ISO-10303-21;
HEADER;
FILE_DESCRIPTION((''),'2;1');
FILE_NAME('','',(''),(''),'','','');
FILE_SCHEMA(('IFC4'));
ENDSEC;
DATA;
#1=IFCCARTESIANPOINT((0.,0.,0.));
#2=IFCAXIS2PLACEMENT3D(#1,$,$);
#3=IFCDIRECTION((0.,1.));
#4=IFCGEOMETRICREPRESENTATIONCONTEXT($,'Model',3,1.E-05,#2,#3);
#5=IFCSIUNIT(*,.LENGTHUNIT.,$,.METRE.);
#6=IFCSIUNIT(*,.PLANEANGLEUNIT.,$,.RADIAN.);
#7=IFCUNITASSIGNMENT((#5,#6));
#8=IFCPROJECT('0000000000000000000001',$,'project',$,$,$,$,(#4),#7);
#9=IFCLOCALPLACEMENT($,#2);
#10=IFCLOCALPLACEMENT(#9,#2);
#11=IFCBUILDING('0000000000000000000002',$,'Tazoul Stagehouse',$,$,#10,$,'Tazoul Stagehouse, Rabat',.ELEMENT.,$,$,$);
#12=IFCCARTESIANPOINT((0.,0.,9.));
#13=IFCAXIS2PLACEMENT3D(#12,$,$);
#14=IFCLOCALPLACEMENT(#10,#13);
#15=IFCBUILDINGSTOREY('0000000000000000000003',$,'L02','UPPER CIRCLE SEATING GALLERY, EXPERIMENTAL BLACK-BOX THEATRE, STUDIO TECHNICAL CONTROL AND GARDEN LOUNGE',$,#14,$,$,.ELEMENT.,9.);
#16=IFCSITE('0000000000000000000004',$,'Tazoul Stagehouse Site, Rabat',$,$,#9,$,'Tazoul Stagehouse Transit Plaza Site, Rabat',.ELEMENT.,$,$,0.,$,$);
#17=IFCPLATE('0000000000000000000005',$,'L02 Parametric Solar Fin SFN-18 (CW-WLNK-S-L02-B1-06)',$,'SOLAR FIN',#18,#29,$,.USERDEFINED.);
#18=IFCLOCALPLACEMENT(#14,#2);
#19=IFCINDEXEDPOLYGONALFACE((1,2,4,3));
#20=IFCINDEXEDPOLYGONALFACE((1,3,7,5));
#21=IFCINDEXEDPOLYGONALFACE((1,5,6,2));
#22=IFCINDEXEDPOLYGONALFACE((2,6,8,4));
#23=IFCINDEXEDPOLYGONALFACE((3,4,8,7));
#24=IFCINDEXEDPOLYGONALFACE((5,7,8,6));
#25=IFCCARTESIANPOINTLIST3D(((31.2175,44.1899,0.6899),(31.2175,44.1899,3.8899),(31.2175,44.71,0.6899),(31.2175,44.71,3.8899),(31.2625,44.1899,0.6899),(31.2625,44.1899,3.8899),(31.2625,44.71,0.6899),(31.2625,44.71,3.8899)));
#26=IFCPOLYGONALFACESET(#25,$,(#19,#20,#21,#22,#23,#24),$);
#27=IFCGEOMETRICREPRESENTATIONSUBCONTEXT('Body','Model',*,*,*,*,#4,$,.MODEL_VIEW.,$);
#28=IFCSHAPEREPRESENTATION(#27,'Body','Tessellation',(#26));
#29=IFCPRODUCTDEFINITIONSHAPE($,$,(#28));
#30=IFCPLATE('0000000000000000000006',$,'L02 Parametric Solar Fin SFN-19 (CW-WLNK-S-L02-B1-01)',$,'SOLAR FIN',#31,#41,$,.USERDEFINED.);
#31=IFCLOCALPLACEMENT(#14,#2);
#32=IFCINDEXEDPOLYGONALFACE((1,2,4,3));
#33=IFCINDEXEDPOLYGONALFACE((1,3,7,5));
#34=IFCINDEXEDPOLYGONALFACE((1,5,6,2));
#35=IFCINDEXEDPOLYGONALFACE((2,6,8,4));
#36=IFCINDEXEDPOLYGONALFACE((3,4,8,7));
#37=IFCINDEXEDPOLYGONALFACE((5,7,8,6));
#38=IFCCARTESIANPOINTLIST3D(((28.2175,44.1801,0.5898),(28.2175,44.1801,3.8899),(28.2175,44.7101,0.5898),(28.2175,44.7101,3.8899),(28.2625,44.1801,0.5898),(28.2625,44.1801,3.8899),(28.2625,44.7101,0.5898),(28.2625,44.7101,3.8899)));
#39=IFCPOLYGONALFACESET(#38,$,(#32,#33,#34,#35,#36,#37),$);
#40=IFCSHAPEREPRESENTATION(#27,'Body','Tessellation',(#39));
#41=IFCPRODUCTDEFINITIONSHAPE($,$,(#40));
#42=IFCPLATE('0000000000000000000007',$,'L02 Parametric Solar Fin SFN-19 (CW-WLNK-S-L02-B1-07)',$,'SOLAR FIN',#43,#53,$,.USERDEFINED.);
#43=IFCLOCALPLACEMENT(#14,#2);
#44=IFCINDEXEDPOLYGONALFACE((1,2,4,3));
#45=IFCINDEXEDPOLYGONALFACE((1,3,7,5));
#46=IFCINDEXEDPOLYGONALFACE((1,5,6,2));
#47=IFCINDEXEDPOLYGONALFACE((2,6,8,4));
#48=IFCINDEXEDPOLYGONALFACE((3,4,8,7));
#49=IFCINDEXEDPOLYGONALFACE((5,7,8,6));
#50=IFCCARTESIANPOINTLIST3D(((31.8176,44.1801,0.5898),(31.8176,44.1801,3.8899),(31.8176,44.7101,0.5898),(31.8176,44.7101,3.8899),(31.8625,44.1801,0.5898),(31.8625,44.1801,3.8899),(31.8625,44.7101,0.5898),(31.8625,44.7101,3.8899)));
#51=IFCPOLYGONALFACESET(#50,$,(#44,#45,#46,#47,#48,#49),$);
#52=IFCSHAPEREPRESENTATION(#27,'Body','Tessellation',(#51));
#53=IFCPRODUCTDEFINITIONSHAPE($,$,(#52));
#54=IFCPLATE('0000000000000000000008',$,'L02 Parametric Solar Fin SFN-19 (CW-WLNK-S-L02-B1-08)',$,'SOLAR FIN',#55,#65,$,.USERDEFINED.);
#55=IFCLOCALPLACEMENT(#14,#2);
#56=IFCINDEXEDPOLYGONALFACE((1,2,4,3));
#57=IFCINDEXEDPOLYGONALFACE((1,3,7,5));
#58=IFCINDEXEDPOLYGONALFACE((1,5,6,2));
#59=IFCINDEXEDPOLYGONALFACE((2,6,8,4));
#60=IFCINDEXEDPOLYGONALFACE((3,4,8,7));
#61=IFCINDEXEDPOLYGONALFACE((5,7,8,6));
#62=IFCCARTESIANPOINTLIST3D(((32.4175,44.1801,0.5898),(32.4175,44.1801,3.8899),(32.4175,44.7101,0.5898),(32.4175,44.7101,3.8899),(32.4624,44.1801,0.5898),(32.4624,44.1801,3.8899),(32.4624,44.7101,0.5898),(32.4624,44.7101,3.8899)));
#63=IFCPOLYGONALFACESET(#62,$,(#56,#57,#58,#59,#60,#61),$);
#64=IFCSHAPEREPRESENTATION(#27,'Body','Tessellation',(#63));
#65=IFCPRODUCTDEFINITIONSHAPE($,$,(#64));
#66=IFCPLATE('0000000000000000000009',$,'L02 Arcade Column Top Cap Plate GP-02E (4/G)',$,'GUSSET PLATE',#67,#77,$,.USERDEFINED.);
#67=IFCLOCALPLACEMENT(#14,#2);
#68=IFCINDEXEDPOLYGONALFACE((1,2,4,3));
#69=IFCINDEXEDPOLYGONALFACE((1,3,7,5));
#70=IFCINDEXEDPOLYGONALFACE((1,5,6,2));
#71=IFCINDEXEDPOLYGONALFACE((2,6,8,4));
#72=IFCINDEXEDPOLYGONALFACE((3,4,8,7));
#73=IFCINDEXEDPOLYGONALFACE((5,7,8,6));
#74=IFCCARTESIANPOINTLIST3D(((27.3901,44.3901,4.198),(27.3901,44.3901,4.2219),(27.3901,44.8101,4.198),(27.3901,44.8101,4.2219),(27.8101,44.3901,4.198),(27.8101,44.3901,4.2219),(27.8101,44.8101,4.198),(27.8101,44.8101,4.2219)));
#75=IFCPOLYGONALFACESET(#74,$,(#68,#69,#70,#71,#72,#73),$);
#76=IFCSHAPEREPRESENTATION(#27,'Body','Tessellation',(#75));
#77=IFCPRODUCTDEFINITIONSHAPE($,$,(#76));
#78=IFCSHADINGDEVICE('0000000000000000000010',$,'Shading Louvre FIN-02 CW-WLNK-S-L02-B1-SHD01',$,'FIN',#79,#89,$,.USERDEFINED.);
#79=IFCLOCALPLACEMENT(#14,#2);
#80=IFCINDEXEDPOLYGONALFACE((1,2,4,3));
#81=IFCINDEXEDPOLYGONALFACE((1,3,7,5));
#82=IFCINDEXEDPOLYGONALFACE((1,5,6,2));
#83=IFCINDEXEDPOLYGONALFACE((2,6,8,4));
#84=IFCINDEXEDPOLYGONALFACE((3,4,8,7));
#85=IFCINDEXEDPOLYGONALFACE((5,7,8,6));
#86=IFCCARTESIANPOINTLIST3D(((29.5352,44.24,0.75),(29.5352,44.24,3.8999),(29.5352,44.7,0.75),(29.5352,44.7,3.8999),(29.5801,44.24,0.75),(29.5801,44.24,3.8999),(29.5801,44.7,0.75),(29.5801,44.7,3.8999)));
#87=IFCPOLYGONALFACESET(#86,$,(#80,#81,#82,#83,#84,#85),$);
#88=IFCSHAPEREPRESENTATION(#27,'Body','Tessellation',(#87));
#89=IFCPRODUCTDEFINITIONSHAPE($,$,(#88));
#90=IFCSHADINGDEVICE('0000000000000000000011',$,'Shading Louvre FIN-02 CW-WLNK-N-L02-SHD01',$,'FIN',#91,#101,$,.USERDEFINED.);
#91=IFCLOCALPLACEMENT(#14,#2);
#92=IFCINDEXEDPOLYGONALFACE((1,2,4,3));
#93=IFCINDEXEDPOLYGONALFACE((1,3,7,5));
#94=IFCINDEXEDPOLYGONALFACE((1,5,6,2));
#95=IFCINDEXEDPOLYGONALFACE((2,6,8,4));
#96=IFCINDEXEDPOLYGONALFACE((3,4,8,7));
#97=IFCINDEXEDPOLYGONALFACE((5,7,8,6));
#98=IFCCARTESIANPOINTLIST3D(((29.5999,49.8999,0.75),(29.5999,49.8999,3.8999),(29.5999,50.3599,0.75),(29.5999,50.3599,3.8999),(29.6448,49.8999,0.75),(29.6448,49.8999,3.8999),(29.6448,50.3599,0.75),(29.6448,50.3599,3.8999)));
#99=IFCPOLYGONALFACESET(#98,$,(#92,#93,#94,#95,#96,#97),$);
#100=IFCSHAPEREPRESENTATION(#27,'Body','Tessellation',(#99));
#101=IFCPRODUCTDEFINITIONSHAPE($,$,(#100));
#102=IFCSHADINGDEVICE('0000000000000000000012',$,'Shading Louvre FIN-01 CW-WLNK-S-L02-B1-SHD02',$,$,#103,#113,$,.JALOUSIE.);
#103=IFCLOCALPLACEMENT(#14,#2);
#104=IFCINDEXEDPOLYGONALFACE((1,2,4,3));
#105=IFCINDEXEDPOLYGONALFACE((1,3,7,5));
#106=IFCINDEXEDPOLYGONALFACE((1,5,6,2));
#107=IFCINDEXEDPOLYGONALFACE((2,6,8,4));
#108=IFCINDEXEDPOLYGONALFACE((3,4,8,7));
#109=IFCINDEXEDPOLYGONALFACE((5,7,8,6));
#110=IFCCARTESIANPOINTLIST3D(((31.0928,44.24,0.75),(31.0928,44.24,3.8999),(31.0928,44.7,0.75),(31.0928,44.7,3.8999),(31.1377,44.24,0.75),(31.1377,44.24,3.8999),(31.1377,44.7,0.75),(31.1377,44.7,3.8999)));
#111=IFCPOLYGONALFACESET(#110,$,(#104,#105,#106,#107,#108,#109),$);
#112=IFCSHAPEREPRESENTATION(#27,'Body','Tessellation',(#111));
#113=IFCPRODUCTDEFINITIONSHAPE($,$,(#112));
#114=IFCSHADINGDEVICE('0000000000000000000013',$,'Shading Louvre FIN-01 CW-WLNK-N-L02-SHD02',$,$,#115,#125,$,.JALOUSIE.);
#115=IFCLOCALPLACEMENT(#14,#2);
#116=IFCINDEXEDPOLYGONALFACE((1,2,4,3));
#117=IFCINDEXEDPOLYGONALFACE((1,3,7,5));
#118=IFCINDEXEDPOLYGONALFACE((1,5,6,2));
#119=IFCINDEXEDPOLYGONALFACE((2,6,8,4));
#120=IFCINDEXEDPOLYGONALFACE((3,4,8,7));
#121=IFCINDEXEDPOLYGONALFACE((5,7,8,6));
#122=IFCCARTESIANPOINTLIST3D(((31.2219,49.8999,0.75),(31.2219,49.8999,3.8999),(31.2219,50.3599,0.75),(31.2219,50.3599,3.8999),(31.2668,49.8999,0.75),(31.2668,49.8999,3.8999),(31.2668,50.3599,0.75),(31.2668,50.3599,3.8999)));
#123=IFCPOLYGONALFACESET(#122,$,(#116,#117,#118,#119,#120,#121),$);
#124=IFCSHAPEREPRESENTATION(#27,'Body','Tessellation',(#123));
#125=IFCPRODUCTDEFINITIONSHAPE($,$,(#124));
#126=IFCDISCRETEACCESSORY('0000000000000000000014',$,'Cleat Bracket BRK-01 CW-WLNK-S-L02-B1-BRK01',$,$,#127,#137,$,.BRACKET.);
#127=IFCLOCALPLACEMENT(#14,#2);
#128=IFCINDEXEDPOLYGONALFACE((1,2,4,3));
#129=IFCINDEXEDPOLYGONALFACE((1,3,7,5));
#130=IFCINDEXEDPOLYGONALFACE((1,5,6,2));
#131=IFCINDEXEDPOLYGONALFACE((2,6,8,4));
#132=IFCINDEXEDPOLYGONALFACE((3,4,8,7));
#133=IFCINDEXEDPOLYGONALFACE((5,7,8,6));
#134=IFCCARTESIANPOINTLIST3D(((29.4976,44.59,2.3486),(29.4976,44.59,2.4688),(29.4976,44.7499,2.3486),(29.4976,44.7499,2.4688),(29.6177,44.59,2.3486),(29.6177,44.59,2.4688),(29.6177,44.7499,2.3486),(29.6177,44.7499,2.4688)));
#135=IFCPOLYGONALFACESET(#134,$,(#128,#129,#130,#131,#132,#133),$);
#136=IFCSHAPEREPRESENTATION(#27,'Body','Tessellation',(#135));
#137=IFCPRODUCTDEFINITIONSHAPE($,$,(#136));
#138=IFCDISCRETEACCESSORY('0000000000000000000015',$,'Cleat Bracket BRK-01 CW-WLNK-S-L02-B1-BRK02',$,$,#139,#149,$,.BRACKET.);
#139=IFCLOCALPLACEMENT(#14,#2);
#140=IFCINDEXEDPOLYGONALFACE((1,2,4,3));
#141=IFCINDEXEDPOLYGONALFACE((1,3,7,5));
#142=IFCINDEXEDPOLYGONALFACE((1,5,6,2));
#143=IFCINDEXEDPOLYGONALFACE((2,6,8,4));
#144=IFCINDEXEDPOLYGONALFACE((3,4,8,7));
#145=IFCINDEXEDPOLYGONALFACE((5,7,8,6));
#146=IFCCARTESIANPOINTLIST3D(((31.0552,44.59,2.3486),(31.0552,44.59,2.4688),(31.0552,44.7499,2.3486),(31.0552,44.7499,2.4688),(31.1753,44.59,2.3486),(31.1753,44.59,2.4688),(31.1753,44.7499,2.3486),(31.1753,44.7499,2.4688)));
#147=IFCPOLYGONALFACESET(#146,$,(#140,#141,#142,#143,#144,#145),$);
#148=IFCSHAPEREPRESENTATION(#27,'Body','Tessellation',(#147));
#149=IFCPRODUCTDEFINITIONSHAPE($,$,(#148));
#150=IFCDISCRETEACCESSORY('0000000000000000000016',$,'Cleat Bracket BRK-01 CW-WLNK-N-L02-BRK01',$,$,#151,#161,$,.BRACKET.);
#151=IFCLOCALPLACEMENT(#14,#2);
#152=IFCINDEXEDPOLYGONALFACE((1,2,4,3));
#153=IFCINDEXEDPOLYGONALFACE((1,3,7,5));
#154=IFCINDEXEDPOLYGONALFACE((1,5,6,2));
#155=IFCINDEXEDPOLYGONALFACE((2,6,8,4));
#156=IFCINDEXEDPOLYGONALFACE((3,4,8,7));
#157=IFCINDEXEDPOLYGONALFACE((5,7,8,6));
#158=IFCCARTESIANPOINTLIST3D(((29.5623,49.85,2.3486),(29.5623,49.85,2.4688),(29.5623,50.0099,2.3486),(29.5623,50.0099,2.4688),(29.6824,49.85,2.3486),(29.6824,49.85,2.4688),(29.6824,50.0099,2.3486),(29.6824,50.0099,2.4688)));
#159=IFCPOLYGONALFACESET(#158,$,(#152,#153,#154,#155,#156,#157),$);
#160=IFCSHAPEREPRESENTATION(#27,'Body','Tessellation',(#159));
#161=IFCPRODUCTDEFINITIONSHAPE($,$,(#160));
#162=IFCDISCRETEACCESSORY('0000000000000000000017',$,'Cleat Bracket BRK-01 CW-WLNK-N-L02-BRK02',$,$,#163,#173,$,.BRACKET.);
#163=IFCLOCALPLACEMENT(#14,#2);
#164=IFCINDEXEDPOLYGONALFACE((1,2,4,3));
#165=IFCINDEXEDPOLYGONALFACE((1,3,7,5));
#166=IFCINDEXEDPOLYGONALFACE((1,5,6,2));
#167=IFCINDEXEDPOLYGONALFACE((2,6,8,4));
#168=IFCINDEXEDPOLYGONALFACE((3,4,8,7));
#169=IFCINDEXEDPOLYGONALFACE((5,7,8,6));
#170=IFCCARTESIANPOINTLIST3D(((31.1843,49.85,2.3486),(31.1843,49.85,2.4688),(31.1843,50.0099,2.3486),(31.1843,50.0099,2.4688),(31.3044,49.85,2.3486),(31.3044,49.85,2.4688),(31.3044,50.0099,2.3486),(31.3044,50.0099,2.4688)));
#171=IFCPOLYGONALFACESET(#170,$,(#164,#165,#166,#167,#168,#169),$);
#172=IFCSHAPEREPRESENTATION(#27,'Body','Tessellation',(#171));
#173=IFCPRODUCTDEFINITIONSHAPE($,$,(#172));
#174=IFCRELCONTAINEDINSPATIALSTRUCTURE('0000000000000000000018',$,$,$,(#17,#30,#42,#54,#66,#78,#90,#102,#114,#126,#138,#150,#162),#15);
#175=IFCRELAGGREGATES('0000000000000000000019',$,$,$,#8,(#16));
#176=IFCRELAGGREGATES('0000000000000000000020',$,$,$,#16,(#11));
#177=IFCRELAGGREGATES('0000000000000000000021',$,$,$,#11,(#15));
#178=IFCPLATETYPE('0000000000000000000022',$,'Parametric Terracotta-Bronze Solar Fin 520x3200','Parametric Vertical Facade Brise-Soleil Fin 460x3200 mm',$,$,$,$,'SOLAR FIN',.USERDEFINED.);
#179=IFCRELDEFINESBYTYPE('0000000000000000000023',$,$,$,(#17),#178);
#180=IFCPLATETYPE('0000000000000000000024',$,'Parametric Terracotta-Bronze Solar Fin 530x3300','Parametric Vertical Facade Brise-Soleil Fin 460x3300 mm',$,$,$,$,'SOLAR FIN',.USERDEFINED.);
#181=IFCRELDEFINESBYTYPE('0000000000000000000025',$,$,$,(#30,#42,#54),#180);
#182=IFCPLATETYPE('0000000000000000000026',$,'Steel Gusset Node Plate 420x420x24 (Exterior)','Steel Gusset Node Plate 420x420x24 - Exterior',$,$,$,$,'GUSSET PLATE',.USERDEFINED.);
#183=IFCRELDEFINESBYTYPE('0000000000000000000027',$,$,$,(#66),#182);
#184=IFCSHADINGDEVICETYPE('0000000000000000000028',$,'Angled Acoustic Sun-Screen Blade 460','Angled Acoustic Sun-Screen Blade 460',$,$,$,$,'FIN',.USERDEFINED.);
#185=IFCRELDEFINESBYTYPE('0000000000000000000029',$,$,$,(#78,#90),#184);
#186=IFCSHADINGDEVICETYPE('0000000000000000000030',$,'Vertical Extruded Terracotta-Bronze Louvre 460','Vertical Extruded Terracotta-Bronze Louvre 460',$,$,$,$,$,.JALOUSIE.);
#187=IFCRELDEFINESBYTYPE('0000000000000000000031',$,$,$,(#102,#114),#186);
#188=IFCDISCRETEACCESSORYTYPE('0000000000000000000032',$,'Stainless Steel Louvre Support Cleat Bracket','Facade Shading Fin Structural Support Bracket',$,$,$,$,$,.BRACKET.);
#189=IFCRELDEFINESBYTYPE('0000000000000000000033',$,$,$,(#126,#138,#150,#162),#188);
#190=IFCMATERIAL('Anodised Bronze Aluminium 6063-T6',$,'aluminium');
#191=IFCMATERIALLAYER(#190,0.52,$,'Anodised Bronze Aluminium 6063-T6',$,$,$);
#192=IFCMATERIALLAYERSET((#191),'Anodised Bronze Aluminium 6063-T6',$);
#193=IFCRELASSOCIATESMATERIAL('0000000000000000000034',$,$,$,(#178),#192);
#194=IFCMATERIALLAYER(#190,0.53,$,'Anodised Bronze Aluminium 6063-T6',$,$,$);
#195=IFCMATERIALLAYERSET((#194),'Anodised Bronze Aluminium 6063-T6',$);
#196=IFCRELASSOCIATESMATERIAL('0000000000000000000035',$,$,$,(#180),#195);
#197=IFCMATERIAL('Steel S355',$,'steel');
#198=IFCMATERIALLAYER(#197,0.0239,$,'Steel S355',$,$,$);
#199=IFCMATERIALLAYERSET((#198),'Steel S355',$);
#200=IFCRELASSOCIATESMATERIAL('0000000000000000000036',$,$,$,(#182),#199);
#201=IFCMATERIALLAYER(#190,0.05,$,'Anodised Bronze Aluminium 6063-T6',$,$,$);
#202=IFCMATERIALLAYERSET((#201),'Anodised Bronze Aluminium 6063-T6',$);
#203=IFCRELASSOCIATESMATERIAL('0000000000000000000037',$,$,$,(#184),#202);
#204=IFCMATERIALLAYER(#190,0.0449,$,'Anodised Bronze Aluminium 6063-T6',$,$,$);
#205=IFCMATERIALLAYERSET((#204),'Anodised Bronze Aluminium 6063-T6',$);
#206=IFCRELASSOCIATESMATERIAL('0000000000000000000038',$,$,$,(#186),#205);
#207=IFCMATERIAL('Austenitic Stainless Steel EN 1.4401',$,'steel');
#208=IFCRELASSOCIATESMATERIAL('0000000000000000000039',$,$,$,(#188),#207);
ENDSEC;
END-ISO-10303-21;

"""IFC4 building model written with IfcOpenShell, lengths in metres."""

from ifc_helpers import new_model, si_unit, direction, frame, origin, origin_2d, place, context, subcontext, project, spatial, rectangle, extrude, material, layer, layer_set, type_object, element, save


model = new_model("IFC4")

# Units and contexts
model_context = context("Model", 3, precision=1e-05, world=origin(), true_north=direction((0.0, 1.0)))
body_context = subcontext(model_context, "Body", "Model", "MODEL_VIEW")
ifc_project = project(units=[si_unit("LENGTHUNIT", "METRE"), si_unit("PLANEANGLEUNIT", "RADIAN")], contexts=[model_context])

# Site, building, storey
site_placement = place(None, origin())
site = spatial("IfcSite", under=ifc_project, at=site_placement, Name="Tazoul Stagehouse Site, Rabat", LongName="Tazoul Stagehouse Transit Plaza Site, Rabat", CompositionType="ELEMENT", RefElevation=0.0)
building_placement = place(site_placement, origin())
building = spatial("IfcBuilding", under=site, at=building_placement, Name="Tazoul Stagehouse", LongName="Tazoul Stagehouse, Rabat", CompositionType="ELEMENT")
storey_placement = place(building_placement, frame((0.0, 0.0, 9.0)))
storey = spatial("IfcBuildingStorey", under=building, at=storey_placement, Name="L02", Description="UPPER CIRCLE SEATING GALLERY, EXPERIMENTAL BLACK-BOX THEATRE, STUDIO TECHNICAL CONTROL AND GARDEN LOUNGE", CompositionType="ELEMENT", Elevation=9.0)

# Shared definitions
ifc_material_1 = material(Name="Steel S355", Category="steel")

# Shared definitions
ifc_material_2 = material(Name="Anodised Bronze Aluminium 6063-T6", Category="aluminium")

# Plates
ifc_layer_1 = layer(ifc_material_2, 0.52, Name="Anodised Bronze Aluminium 6063-T6")
ifc_layer_set_1 = layer_set([ifc_layer_1], Name="Anodised Bronze Aluminium 6063-T6")
plate_type_1 = type_object("IfcPlateType", Name="Parametric Terracotta-Bronze Solar Fin 520x3200", Description="Parametric Vertical Facade Brise-Soleil Fin 460x3200 mm", ElementType="SOLAR FIN", PredefinedType="USERDEFINED", material=ifc_layer_set_1)
for number, where, z_axis, x_axis, name in (
    (1, (31.24, 44.45, 0.6899), (0.0, 0.0, 1.0), (1.0, 0.0, 0.0), "L02 Parametric Solar Fin SFN-18 (CW-WLNK-S-L02-B1-06)"),
):
    element("IfcPlate", number, at=place(storey_placement, frame(where, z_axis=z_axis, x_axis=x_axis)), inside=storey, type_object=plate_type_1, Name=name, ObjectType="SOLAR FIN", PredefinedType="USERDEFINED", context=body_context, shape_type="SweptSolid", body=[
        extrude(rectangle(XDim=0.0449, YDim=0.52, at=origin_2d()), origin(), (0.0, 0.0, 1.0), 3.2),
    ])
ifc_layer_2 = layer(ifc_material_2, 0.53, Name="Anodised Bronze Aluminium 6063-T6")
ifc_layer_set_2 = layer_set([ifc_layer_2], Name="Anodised Bronze Aluminium 6063-T6")
plate_type_2 = type_object("IfcPlateType", Name="Parametric Terracotta-Bronze Solar Fin 530x3300", Description="Parametric Vertical Facade Brise-Soleil Fin 460x3300 mm", ElementType="SOLAR FIN", PredefinedType="USERDEFINED", material=ifc_layer_set_2)
for number, where, z_axis, x_axis, name in (
    (2, (28.24, 44.4451, 0.5898), (0.0, 0.0, 1.0), (1.0, 0.0, 0.0), "L02 Parametric Solar Fin SFN-19 (CW-WLNK-S-L02-B1-01)"),
    (3, (31.8401, 44.4451, 0.5898), (0.0, 0.0, 1.0), (1.0, 0.0, 0.0), "L02 Parametric Solar Fin SFN-19 (CW-WLNK-S-L02-B1-07)"),
    (4, (32.4399, 44.4451, 0.5898), (0.0, 0.0, 1.0), (1.0, 0.0, 0.0), "L02 Parametric Solar Fin SFN-19 (CW-WLNK-S-L02-B1-08)"),
):
    element("IfcPlate", number, at=place(storey_placement, frame(where, z_axis=z_axis, x_axis=x_axis)), inside=storey, type_object=plate_type_2, Name=name, ObjectType="SOLAR FIN", PredefinedType="USERDEFINED", context=body_context, shape_type="SweptSolid", body=[
        extrude(rectangle(XDim=0.0449, YDim=0.53, at=origin_2d()), origin(), (0.0, 0.0, 1.0), 3.3),
    ])

# Plate
ifc_layer_3 = layer(ifc_material_1, 0.0239, Name="Steel S355")
ifc_layer_set_3 = layer_set([ifc_layer_3], Name="Steel S355")
plate_type_3 = type_object("IfcPlateType", Name="Steel Gusset Node Plate 420x420x24 (Exterior)", Description="Steel Gusset Node Plate 420x420x24 - Exterior", ElementType="GUSSET PLATE", PredefinedType="USERDEFINED", material=ifc_layer_set_3)
plate_1_placement = place(storey_placement, frame((27.6001, 44.6001, 4.198), z_axis=(0.0, 0.0, 1.0), x_axis=(1.0, 0.0, 0.0)))
element("IfcPlate", 5, at=plate_1_placement, inside=storey, type_object=plate_type_3, Name="L02 Arcade Column Top Cap Plate GP-02E (4/G)", ObjectType="GUSSET PLATE", PredefinedType="USERDEFINED", context=body_context, shape_type="SweptSolid", body=[
    extrude(rectangle(XDim=0.4199, YDim=0.4199, at=origin_2d()), origin(), (0.0, 0.0, 1.0), 0.0239),
])

# Shading devices
ifc_layer_4 = layer(ifc_material_2, 0.05, Name="Anodised Bronze Aluminium 6063-T6")
ifc_layer_set_4 = layer_set([ifc_layer_4], Name="Anodised Bronze Aluminium 6063-T6")
shading_device_type_1 = type_object("IfcShadingDeviceType", Name="Angled Acoustic Sun-Screen Blade 460", Description="Angled Acoustic Sun-Screen Blade 460", ElementType="FIN", PredefinedType="USERDEFINED", material=ifc_layer_set_4)
for number, where, z_axis, x_axis, name in (
    (6, (29.5576, 44.47, 0.75), (0.0, 0.0, 1.0), (1.0, 0.0, 0.0), "Shading Louvre FIN-02 CW-WLNK-S-L02-B1-SHD01"),
    (7, (29.6223, 50.1299, 0.75), (0.0, 0.0, 1.0), (1.0, 0.0, 0.0), "Shading Louvre FIN-02 CW-WLNK-N-L02-SHD01"),
):
    element("IfcShadingDevice", number, at=place(storey_placement, frame(where, z_axis=z_axis, x_axis=x_axis)), inside=storey, type_object=shading_device_type_1, Name=name, ObjectType="FIN", PredefinedType="USERDEFINED", context=body_context, shape_type="SweptSolid", body=[
        extrude(rectangle(XDim=0.0449, YDim=0.46, at=origin_2d()), origin(), (0.0, 0.0, 1.0), 3.1499),
    ])
ifc_layer_5 = layer(ifc_material_2, 0.0449, Name="Anodised Bronze Aluminium 6063-T6")
ifc_layer_set_5 = layer_set([ifc_layer_5], Name="Anodised Bronze Aluminium 6063-T6")
shading_device_type_2 = type_object("IfcShadingDeviceType", Name="Vertical Extruded Terracotta-Bronze Louvre 460", Description="Vertical Extruded Terracotta-Bronze Louvre 460", PredefinedType="JALOUSIE", material=ifc_layer_set_5)
for number, where, z_axis, x_axis, name in (
    (8, (31.1152, 44.47, 0.75), (0.0, 0.0, 1.0), (1.0, 0.0, 0.0), "Shading Louvre FIN-01 CW-WLNK-S-L02-B1-SHD02"),
    (9, (31.2444, 50.1299, 0.75), (0.0, 0.0, 1.0), (1.0, 0.0, 0.0), "Shading Louvre FIN-01 CW-WLNK-N-L02-SHD02"),
):
    element("IfcShadingDevice", number, at=place(storey_placement, frame(where, z_axis=z_axis, x_axis=x_axis)), inside=storey, type_object=shading_device_type_2, Name=name, PredefinedType="JALOUSIE", context=body_context, shape_type="SweptSolid", body=[
        extrude(rectangle(XDim=0.0449, YDim=0.46, at=origin_2d()), origin(), (0.0, 0.0, 1.0), 3.1499),
    ])

# Discrete accessories
ifc_material_3 = material(Name="Austenitic Stainless Steel EN 1.4401", Category="steel")
discrete_accessory_type = type_object("IfcDiscreteAccessoryType", Name="Stainless Steel Louvre Support Cleat Bracket", Description="Facade Shading Fin Structural Support Bracket", PredefinedType="BRACKET", material=ifc_material_3)
for number, where, z_axis, x_axis, name in (
    (10, (29.5576, 44.6699, 2.3486), (0.0, 0.0, 1.0), (1.0, 0.0, 0.0), "Cleat Bracket BRK-01 CW-WLNK-S-L02-B1-BRK01"),
    (11, (31.1152, 44.6699, 2.3486), (0.0, 0.0, 1.0), (1.0, 0.0, 0.0), "Cleat Bracket BRK-01 CW-WLNK-S-L02-B1-BRK02"),
    (12, (29.6223, 49.9299, 2.3486), (0.0, 0.0, 1.0), (1.0, 0.0, 0.0), "Cleat Bracket BRK-01 CW-WLNK-N-L02-BRK01"),
    (13, (31.2444, 49.9299, 2.3486), (0.0, 0.0, 1.0), (1.0, 0.0, 0.0), "Cleat Bracket BRK-01 CW-WLNK-N-L02-BRK02"),
):
    element("IfcDiscreteAccessory", number, at=place(storey_placement, frame(where, z_axis=z_axis, x_axis=x_axis)), inside=storey, type_object=discrete_accessory_type, Name=name, PredefinedType="BRACKET", context=body_context, shape_type="SweptSolid", body=[
        extrude(rectangle(XDim=0.1201, YDim=0.1599, at=origin_2d()), origin(), (0.0, 0.0, 1.0), 0.1201),
    ])

save(model, "model.ifc")
